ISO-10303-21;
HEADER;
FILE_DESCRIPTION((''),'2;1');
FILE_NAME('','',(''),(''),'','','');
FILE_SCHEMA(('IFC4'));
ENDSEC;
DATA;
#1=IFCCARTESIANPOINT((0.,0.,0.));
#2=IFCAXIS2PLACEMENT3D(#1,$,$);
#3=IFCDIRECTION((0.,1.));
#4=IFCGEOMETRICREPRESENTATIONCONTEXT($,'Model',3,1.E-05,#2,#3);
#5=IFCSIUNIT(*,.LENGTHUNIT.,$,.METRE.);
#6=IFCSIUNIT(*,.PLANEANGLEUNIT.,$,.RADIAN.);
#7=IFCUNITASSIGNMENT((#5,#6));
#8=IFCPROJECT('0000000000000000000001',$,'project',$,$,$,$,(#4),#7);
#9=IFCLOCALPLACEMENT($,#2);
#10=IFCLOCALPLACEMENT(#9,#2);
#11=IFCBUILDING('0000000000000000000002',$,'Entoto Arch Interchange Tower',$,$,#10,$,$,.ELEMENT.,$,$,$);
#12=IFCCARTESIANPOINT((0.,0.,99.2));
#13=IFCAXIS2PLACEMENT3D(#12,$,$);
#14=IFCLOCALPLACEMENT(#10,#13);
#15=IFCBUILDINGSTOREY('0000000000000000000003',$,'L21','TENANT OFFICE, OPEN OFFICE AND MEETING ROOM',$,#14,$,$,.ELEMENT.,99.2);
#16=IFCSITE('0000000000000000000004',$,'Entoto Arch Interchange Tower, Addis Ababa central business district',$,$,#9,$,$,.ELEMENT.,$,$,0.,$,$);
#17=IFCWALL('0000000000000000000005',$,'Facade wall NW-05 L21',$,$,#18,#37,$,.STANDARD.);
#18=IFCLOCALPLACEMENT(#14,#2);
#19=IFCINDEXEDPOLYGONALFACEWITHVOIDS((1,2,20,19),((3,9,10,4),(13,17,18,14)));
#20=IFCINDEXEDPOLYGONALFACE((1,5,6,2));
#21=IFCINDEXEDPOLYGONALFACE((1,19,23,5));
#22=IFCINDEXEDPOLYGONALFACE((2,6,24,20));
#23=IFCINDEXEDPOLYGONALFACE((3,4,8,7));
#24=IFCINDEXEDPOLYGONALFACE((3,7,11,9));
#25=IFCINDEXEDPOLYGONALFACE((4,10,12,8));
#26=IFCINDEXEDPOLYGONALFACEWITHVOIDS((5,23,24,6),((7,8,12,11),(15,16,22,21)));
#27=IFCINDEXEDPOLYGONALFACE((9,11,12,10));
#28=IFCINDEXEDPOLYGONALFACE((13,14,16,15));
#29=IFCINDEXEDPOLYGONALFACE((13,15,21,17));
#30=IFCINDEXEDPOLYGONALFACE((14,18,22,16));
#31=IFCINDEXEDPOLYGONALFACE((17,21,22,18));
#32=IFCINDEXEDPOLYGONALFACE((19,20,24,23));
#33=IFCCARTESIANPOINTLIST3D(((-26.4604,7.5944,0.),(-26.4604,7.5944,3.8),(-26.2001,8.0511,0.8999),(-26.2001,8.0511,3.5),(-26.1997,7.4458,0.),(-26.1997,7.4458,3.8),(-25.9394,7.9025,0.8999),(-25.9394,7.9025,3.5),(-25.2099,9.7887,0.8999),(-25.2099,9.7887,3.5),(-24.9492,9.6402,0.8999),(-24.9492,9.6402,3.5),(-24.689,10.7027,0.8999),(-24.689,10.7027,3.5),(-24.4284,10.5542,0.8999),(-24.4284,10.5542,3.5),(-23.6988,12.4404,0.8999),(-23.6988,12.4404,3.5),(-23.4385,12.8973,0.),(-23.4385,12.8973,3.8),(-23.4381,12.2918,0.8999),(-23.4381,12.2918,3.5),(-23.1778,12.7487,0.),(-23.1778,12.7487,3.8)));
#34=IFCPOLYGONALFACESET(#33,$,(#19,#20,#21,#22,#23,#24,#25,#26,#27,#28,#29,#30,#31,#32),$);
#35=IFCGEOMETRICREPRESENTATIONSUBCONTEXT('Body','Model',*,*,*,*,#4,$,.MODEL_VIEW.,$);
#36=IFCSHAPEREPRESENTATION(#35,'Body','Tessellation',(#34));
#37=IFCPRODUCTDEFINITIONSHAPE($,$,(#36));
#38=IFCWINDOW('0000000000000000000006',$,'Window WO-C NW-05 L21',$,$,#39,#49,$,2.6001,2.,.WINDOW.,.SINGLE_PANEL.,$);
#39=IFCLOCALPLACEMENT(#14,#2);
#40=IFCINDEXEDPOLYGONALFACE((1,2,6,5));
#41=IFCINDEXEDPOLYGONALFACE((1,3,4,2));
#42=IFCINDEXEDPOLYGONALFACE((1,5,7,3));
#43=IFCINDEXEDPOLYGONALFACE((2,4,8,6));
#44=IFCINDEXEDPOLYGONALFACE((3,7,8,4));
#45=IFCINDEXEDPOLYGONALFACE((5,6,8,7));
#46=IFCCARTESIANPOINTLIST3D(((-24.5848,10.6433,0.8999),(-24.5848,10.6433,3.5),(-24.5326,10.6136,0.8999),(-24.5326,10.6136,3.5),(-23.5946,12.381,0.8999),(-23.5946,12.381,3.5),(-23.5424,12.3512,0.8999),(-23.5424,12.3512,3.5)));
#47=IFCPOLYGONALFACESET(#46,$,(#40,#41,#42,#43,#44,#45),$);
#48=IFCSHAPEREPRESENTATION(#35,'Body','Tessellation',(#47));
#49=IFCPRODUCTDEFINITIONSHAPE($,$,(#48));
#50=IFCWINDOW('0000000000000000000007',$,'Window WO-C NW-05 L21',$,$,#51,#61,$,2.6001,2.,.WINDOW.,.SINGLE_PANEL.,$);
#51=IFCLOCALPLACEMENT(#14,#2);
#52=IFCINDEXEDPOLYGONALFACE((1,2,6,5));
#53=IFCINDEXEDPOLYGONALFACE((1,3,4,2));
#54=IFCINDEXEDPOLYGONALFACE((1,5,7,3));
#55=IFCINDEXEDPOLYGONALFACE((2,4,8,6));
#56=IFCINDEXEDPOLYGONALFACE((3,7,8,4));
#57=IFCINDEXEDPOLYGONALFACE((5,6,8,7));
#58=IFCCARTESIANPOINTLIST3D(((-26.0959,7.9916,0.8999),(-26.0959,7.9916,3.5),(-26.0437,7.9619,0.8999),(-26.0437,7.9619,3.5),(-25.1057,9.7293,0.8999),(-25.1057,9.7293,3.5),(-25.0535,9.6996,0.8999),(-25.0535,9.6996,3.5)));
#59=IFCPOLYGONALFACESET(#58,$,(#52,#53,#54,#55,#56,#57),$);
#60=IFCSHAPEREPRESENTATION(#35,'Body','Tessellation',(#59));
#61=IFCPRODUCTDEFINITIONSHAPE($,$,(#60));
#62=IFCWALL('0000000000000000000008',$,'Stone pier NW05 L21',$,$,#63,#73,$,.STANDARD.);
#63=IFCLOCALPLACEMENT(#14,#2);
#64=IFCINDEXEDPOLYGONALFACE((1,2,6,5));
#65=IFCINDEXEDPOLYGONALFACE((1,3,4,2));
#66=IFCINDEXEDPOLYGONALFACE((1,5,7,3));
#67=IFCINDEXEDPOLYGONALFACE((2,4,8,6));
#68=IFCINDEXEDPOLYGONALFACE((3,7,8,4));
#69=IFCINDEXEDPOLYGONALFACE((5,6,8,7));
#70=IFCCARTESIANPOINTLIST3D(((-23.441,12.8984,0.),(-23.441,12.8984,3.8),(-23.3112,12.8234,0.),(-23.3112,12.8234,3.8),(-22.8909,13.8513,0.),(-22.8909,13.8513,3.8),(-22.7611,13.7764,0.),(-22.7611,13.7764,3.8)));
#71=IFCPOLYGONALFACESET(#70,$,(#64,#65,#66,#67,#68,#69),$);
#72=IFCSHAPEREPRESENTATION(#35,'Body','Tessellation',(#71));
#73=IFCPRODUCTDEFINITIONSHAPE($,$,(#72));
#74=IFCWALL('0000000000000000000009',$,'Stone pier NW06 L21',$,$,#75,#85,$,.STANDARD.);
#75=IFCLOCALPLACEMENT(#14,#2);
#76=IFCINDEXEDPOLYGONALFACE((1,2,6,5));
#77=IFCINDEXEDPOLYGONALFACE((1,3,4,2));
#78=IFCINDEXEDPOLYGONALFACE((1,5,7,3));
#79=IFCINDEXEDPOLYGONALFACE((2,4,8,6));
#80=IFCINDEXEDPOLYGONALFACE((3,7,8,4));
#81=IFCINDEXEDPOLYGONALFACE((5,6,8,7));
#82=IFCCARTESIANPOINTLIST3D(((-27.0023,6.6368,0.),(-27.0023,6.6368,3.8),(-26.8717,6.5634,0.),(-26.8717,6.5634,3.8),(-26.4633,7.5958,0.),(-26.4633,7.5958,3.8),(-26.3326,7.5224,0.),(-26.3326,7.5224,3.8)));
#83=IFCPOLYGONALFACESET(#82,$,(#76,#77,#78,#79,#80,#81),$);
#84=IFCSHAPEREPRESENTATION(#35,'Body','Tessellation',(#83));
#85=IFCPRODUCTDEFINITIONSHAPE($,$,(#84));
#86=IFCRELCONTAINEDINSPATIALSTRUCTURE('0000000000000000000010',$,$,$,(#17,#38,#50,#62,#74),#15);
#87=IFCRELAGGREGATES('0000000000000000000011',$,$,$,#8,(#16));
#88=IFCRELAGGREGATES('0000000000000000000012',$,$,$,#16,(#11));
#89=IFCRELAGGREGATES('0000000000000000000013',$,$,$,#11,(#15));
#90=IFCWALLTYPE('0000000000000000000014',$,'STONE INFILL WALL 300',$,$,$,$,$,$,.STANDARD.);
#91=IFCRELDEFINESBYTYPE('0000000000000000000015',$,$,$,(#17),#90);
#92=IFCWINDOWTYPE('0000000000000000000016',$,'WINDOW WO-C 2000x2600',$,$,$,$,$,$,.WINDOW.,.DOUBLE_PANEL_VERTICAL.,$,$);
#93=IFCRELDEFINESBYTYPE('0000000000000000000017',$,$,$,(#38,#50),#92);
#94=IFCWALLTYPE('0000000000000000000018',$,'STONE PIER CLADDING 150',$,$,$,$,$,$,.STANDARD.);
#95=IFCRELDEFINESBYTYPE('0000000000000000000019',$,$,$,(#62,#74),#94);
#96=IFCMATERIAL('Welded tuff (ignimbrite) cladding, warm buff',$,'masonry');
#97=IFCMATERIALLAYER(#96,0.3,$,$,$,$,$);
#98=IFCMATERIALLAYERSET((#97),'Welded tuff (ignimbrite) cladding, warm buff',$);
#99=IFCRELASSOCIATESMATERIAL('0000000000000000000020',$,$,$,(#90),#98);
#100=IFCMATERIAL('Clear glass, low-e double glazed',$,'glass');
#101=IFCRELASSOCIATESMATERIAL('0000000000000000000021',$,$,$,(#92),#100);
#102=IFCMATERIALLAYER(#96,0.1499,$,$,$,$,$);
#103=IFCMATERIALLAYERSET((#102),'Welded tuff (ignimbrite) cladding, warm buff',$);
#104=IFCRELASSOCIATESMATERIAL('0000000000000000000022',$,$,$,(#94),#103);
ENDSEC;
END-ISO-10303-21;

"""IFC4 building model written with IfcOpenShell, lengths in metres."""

from ifc_helpers import new_model, si_unit, direction, frame, frame_2d, origin, place, context, subcontext, project, spatial, rectangle, extrude, material, layer, layer_set, type_object, element, fill, save


model = new_model("IFC4")

# Units and contexts
model_context = context("Model", 3, precision=1e-05, world=origin(), true_north=direction((0.0, 1.0)))
body_context = subcontext(model_context, "Body", "Model", "MODEL_VIEW")
ifc_project = project(units=[si_unit("LENGTHUNIT", "METRE"), si_unit("PLANEANGLEUNIT", "RADIAN")], contexts=[model_context])

# Site, building, storey
site_placement = place(None, origin())
site = spatial("IfcSite", under=ifc_project, at=site_placement, Name="Entoto Arch Interchange Tower, Addis Ababa central business district", CompositionType="ELEMENT", RefElevation=0.0)
building_placement = place(site_placement, origin())
building = spatial("IfcBuilding", under=site, at=building_placement, Name="Entoto Arch Interchange Tower", CompositionType="ELEMENT")
storey_placement = place(building_placement, frame((0.0, 0.0, 99.2)))
storey = spatial("IfcBuildingStorey", under=building, at=storey_placement, Name="L21", Description="TENANT OFFICE, OPEN OFFICE AND MEETING ROOM", CompositionType="ELEMENT", Elevation=99.2)

# Wall, openings, windows
ifc_material_1 = material(Name="Welded tuff (ignimbrite) cladding, warm buff", Category="masonry")
ifc_layer_1 = layer(ifc_material_1, 0.3)
ifc_layer_set_1 = layer_set([ifc_layer_1], Name="Welded tuff (ignimbrite) cladding, warm buff")
wall_type_1 = type_object("IfcWallType", Name="STONE INFILL WALL 300", PredefinedType="STANDARD", material=ifc_layer_set_1)
wall_1_placement = place(storey_placement, frame((-23.3081, 12.823, 0.0), z_axis=(0.0, 0.0, 1.0), x_axis=(-0.495113, -0.868828, 0.0)))
wall_1 = element("IfcWall", 1, at=wall_1_placement, inside=storey, type_object=wall_type_1, Name="Facade wall NW-05 L21", PredefinedType="STANDARD", context=body_context, shape_type="SweptSolid", body=[
    extrude(rectangle(XDim=6.1035, YDim=0.3, at=frame_2d((3.0518, 0.0))), origin(), (0.0, 0.0, 1.0), 3.8),
])
opening_1_placement = place(wall_1_placement, frame((0.5259, 0.0, 0.8999)))
opening_1 = element("IfcOpeningElement", 2, at=opening_1_placement, cuts=wall_1, PredefinedType="OPENING", context=body_context, shape_type="SweptSolid", body=[
    extrude(rectangle(XDim=2.0, YDim=2.6001, at=frame_2d((1.0, 1.3))), frame((0.0, 0.1602, 0.0), z_axis=(0.0, -1.0, 0.0), x_axis=(1.0, 0.0, 0.0)), (0.0, 0.0, 1.0), 0.3201),
])
opening_2_placement = place(wall_1_placement, frame((3.5779, 0.0, 0.8999)))
opening_2 = element("IfcOpeningElement", 3, at=opening_2_placement, cuts=wall_1, PredefinedType="OPENING", context=body_context, shape_type="SweptSolid", body=[
    extrude(rectangle(XDim=2.0, YDim=2.6001, at=frame_2d((1.0, 1.3))), frame((0.0, 0.1602, 0.0), z_axis=(0.0, -1.0, 0.0), x_axis=(1.0, 0.0, 0.0)), (0.0, 0.0, 1.0), 0.3201),
])
ifc_material_2 = material(Name="Clear glass, low-e double glazed", Category="glass")
window_type = type_object("IfcWindowType", Name="WINDOW WO-C 2000x2600", PartitioningType="DOUBLE_PANEL_VERTICAL", PredefinedType="WINDOW", material=ifc_material_2)
window_1_placement = place(opening_1_placement, origin())
window_1 = element("IfcWindow", 4, at=window_1_placement, inside=storey, type_object=window_type, Name="Window WO-C NW-05 L21", OverallHeight=2.6001, OverallWidth=2.0, PartitioningType="SINGLE_PANEL", PredefinedType="WINDOW", context=body_context, shape_type="SweptSolid", body=[
    extrude(rectangle(XDim=2.0, YDim=2.6001, at=frame_2d((1.0, 1.3))), frame((0.0, 0.03, 0.0), z_axis=(0.0, -1.0, 0.0), x_axis=(1.0, 0.0, 0.0)), (0.0, 0.0, 1.0), 0.0601),
])
fill(opening_1, window_1)
window_2_placement = place(opening_2_placement, origin())
window_2 = element("IfcWindow", 5, at=window_2_placement, inside=storey, type_object=window_type, Name="Window WO-C NW-05 L21", OverallHeight=2.6001, OverallWidth=2.0, PartitioningType="SINGLE_PANEL", PredefinedType="WINDOW", context=body_context, shape_type="SweptSolid", body=[
    extrude(rectangle(XDim=2.0, YDim=2.6001, at=frame_2d((1.0, 1.3))), frame((0.0, 0.03, 0.0), z_axis=(0.0, -1.0, 0.0), x_axis=(1.0, 0.0, 0.0)), (0.0, 0.0, 1.0), 0.0601),
])
fill(opening_2, window_2)

# Walls
ifc_layer_2 = layer(ifc_material_1, 0.1499)
ifc_layer_set_2 = layer_set([ifc_layer_2], Name="Welded tuff (ignimbrite) cladding, warm buff")
wall_type_2 = type_object("IfcWallType", Name="STONE PIER CLADDING 150", PredefinedType="STANDARD", material=ifc_layer_set_2)
wall_2_placement = place(storey_placement, frame((-22.8259, 13.814, 0.0), z_axis=(0.0, 0.0, 1.0), x_axis=(-0.499934, -0.866064, 0.0)))
element("IfcWall", 6, at=wall_2_placement, inside=storey, type_object=wall_type_2, Name="Stone pier NW05 L21", PredefinedType="STANDARD", context=body_context, shape_type="SweptSolid", body=[
    extrude(rectangle(XDim=1.1003, YDim=0.1499, at=frame_2d((0.5503, 0.0))), origin(), (0.0, 0.0, 1.0), 3.8),
])
wall_3_placement = place(storey_placement, frame((-26.3979, 7.5591, 0.0), z_axis=(0.0, 0.0, 1.0), x_axis=(-0.490008, -0.871718, 0.0)))
element("IfcWall", 7, at=wall_3_placement, inside=storey, type_object=wall_type_2, Name="Stone pier NW06 L21", PredefinedType="STANDARD", context=body_context, shape_type="SweptSolid", body=[
    extrude(rectangle(XDim=1.1001, YDim=0.1499, at=frame_2d((0.55, 0.0))), origin(), (0.0, 0.0, 1.0), 3.8),
])

save(model, "model.ifc")
